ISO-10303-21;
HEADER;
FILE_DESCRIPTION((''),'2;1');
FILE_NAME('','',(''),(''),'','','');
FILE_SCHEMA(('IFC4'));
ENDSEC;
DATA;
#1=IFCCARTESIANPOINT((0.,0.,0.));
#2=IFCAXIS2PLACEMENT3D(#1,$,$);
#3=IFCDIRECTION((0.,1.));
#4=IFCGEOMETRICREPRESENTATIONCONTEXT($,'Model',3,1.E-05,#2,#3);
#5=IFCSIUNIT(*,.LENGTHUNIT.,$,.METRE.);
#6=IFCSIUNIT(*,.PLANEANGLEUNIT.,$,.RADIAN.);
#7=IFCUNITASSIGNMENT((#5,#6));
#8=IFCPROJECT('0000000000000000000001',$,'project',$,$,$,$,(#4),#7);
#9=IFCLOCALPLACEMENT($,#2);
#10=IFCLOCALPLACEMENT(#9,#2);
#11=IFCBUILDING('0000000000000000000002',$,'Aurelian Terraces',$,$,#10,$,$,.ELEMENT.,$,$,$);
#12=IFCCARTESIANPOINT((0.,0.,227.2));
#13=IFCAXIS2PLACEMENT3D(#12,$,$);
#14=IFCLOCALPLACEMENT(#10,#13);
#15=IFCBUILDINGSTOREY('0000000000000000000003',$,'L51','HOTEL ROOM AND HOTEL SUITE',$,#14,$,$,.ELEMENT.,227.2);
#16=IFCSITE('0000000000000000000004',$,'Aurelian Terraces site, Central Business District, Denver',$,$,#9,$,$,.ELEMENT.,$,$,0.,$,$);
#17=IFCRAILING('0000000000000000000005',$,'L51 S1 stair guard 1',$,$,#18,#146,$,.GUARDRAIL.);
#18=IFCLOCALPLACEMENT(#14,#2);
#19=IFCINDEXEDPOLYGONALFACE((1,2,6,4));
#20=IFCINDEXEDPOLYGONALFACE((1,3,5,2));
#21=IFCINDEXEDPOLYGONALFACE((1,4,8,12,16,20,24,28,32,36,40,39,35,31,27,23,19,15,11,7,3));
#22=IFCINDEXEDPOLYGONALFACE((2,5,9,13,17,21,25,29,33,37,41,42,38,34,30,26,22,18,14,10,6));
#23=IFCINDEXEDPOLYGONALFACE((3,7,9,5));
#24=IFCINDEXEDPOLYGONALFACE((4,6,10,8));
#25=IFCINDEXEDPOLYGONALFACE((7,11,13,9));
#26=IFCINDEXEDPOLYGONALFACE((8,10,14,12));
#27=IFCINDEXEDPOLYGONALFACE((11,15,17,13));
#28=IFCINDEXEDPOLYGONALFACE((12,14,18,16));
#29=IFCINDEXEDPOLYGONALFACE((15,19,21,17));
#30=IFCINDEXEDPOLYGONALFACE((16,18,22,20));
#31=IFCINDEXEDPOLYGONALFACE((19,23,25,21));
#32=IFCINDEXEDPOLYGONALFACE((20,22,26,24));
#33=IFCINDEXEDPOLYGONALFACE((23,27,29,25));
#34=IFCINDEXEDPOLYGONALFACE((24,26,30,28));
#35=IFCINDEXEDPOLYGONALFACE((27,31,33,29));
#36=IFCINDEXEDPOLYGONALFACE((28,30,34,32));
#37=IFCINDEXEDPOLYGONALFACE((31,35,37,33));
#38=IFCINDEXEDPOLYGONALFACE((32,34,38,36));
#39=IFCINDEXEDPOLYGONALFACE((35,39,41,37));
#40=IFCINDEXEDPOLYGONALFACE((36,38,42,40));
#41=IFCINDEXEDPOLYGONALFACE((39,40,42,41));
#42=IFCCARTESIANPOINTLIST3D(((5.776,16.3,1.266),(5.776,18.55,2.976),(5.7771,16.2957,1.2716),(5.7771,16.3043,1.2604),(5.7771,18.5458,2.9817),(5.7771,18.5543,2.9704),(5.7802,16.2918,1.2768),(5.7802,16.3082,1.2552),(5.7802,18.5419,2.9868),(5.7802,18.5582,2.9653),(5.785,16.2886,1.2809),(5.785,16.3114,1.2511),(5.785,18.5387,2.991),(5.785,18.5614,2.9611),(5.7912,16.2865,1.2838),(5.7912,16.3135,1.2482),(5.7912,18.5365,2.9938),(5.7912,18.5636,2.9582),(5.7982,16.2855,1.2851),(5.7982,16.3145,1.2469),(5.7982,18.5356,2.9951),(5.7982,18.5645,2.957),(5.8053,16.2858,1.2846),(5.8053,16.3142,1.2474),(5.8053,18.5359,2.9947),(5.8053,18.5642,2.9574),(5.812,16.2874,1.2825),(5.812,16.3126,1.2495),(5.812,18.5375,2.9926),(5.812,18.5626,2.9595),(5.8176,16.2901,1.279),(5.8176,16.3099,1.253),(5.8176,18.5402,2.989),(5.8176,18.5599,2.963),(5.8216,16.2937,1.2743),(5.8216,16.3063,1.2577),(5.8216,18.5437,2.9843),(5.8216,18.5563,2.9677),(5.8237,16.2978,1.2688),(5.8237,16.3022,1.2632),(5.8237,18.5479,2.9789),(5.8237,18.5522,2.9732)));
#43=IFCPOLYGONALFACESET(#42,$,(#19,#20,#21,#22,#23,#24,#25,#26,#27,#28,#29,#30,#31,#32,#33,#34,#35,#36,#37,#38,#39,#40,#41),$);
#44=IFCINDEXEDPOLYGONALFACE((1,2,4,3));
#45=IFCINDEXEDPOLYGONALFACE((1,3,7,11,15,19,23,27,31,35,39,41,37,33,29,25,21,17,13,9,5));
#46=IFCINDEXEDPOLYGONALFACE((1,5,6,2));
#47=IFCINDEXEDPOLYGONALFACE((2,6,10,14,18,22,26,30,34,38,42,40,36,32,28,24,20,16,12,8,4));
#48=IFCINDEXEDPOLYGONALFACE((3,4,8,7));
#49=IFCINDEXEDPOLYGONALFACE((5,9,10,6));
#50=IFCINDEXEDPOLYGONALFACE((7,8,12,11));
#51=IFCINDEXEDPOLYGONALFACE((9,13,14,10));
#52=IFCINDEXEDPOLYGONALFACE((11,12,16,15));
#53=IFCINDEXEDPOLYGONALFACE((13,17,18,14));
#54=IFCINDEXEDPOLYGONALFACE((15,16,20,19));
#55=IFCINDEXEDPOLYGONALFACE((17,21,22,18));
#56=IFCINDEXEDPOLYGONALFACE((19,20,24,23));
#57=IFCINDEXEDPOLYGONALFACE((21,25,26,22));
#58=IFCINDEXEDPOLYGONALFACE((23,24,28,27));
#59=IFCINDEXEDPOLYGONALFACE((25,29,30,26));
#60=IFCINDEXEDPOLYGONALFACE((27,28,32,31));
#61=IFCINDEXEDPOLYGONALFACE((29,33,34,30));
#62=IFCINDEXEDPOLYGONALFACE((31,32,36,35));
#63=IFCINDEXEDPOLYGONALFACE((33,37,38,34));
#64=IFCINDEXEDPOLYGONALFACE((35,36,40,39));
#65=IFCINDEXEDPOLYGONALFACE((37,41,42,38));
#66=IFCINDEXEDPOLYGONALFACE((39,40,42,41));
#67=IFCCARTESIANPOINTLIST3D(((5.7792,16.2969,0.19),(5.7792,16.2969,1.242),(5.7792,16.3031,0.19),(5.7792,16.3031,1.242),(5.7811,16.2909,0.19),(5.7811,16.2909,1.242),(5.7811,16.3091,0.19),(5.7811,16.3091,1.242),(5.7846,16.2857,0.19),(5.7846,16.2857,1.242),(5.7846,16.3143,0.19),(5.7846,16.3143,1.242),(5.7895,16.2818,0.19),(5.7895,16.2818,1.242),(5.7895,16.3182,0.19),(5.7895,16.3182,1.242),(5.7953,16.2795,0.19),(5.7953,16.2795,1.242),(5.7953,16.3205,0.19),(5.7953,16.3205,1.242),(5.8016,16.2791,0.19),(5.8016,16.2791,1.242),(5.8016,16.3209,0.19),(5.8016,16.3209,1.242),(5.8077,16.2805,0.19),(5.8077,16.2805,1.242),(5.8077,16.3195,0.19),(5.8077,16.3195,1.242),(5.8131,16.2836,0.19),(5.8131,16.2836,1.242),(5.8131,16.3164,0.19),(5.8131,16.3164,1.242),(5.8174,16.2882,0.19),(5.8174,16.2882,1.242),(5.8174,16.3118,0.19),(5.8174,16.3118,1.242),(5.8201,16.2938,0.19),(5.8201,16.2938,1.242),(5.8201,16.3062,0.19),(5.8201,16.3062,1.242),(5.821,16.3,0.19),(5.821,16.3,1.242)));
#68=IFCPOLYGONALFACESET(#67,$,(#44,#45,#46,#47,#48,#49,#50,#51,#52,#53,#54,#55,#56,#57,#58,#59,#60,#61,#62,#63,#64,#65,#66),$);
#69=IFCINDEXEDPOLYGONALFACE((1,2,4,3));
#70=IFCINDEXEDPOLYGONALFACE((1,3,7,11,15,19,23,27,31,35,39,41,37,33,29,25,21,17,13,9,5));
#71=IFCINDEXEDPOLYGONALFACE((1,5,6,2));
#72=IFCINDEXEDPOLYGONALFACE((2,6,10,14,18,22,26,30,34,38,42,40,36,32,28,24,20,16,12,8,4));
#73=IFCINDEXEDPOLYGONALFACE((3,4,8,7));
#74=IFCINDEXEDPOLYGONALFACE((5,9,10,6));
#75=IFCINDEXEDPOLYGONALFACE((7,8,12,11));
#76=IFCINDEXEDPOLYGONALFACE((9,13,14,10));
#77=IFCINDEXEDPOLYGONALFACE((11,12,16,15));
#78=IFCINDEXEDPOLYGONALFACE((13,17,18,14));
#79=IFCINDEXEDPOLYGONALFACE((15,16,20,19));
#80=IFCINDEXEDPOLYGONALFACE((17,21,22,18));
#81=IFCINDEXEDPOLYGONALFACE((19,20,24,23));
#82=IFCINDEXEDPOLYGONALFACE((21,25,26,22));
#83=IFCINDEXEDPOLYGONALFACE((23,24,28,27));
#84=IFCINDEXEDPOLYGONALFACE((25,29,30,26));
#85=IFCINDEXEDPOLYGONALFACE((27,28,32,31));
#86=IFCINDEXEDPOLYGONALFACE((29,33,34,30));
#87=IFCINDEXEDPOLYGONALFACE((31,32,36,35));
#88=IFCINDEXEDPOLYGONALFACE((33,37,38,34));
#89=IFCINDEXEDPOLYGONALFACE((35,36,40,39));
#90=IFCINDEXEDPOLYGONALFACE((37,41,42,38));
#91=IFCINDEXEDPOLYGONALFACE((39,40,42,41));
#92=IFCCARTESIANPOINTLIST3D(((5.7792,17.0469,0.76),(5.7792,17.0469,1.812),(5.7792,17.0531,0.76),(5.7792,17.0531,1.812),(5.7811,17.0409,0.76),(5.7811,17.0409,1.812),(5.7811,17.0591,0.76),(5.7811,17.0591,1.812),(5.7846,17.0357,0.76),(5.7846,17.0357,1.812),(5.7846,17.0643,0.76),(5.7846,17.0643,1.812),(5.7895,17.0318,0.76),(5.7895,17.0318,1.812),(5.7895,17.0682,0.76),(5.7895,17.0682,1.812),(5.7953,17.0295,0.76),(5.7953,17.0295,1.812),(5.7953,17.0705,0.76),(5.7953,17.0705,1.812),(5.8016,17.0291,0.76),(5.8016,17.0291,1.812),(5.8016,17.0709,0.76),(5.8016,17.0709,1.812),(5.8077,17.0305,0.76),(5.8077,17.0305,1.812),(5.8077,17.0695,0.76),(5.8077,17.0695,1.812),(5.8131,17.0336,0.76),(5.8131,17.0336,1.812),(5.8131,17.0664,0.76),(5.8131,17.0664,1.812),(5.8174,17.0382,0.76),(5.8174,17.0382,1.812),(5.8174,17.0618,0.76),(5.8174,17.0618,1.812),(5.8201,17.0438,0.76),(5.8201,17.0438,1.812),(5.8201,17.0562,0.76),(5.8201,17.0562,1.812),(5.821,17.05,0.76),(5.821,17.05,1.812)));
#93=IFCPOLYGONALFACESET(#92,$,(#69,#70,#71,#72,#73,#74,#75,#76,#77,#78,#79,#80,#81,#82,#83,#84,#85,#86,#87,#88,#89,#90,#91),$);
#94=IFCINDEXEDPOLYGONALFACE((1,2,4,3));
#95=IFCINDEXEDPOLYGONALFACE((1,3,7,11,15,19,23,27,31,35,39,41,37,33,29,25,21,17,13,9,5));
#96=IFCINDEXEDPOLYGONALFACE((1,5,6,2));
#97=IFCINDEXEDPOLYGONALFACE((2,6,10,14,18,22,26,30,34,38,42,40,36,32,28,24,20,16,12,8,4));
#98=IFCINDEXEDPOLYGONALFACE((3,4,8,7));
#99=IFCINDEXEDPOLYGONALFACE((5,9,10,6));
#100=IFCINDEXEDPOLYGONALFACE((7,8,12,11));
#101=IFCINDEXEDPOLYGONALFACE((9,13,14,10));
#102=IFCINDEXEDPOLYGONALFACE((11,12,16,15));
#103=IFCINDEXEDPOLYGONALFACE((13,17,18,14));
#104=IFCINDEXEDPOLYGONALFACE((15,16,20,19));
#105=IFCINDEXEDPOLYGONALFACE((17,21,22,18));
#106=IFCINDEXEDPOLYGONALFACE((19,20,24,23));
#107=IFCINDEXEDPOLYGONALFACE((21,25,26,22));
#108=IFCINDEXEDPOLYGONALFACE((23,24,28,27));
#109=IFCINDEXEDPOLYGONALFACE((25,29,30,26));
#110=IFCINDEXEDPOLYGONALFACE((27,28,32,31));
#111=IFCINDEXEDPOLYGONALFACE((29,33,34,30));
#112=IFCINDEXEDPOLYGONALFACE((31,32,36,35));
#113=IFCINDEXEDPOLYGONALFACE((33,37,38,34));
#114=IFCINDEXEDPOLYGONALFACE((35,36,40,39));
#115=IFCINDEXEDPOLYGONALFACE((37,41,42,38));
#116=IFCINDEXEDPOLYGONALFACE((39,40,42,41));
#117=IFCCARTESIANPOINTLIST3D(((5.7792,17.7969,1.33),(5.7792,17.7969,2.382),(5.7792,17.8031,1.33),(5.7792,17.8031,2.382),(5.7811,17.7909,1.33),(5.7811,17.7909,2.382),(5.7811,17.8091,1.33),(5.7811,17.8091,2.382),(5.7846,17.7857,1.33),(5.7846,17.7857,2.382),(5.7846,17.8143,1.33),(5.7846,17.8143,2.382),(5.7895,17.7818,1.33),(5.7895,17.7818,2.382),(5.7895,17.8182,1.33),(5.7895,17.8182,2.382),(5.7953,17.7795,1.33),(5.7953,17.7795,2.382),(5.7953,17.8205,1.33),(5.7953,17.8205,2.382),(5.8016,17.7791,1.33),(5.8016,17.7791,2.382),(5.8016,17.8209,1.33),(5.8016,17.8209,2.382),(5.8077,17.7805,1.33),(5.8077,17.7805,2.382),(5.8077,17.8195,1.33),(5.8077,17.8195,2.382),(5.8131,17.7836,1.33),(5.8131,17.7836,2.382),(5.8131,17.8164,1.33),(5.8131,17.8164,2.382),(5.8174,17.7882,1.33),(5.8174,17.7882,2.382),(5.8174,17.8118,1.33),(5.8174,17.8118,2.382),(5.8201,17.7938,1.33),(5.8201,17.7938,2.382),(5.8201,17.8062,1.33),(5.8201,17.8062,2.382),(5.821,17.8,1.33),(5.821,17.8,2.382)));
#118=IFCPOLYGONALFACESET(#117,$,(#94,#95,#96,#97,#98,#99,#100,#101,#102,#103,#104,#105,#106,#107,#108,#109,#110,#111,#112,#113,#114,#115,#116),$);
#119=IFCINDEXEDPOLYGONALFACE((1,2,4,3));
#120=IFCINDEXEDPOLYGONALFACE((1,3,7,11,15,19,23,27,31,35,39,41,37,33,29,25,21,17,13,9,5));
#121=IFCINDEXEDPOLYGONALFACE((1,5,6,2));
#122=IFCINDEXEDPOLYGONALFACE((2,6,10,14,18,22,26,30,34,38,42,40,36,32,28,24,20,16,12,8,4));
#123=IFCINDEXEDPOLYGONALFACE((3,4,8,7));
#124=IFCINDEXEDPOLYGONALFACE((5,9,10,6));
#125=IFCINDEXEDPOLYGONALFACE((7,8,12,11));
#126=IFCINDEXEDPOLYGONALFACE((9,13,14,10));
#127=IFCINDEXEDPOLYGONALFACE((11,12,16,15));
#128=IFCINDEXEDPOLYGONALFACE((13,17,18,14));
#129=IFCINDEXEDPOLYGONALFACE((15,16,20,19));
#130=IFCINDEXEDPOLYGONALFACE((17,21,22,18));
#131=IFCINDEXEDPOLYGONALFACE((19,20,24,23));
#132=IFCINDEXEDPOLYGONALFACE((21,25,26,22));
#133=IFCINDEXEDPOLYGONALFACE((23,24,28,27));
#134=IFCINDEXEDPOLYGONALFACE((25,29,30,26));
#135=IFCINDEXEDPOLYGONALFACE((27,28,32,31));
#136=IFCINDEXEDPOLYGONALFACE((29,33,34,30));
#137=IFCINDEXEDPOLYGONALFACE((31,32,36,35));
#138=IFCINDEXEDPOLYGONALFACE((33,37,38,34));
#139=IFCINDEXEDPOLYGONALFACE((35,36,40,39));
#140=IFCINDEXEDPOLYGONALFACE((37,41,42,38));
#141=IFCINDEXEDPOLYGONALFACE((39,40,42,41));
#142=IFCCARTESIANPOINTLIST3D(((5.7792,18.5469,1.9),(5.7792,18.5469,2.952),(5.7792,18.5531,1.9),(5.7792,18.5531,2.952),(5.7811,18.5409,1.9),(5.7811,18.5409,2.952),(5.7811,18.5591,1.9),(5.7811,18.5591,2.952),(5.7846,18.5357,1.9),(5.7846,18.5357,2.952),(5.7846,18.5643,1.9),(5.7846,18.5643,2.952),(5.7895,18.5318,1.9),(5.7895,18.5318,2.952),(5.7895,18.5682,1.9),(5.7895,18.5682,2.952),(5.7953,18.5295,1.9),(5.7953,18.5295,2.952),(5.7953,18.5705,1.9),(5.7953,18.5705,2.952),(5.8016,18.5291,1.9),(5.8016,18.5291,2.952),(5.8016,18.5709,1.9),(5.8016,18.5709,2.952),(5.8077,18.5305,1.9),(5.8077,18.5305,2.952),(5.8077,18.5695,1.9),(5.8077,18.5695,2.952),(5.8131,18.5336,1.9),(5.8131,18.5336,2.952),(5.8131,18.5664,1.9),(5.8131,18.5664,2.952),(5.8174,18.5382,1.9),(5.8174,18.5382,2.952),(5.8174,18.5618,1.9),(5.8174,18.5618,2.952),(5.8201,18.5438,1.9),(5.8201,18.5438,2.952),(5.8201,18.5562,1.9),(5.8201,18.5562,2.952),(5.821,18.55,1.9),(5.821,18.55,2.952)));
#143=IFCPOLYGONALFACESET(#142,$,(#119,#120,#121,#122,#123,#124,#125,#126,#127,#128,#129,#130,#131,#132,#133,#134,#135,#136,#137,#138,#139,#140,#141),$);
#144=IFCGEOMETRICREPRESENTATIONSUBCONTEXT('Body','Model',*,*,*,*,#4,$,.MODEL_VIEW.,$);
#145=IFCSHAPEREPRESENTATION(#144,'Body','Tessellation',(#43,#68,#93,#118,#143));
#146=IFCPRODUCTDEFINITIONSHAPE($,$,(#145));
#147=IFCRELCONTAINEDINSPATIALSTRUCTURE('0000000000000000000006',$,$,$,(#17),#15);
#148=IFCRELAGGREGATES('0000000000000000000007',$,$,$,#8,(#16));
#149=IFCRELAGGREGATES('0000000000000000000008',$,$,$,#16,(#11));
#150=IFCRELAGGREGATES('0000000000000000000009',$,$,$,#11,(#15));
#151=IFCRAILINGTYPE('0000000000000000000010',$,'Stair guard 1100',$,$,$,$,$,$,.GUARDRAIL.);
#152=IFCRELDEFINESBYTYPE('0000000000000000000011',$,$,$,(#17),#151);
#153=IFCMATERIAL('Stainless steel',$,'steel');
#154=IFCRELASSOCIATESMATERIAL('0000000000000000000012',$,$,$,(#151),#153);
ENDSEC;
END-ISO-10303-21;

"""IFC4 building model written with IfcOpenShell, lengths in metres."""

from ifc_helpers import new_model, si_unit, direction, frame, origin, origin_2d, place, context, subcontext, project, spatial, circle, extrude, source, transform, mapped, material, type_object, element, save


model = new_model("IFC4")

# Units and contexts
model_context = context("Model", 3, precision=1e-05, world=origin(), true_north=direction((0.0, 1.0)))
body_context = subcontext(model_context, "Body", "Model", "MODEL_VIEW")
ifc_project = project(units=[si_unit("LENGTHUNIT", "METRE"), si_unit("PLANEANGLEUNIT", "RADIAN")], contexts=[model_context])

# Site, building, storey
site_placement = place(None, origin())
site = spatial("IfcSite", under=ifc_project, at=site_placement, Name="Aurelian Terraces site, Central Business District, Denver", CompositionType="ELEMENT", RefElevation=0.0)
building_placement = place(site_placement, origin())
building = spatial("IfcBuilding", under=site, at=building_placement, Name="Aurelian Terraces", CompositionType="ELEMENT")
storey_placement = place(building_placement, frame((0.0, 0.0, 227.2)))
storey = spatial("IfcBuildingStorey", under=building, at=storey_placement, Name="L51", Description="HOTEL ROOM AND HOTEL SUITE", CompositionType="ELEMENT", Elevation=227.2)

# Shared definitions
ifc_material_1 = material(Name="Stainless steel", Category="steel")

# Railing
railing_type_1 = type_object("IfcRailingType", Name="Stair guard 1100", PredefinedType="GUARDRAIL", material=ifc_material_1)
shared_shape_1 = source(origin(), body_context, "Body", "SweptSolid", [
    extrude(circle(Radius=0.024, at=origin_2d()), frame((0.0, 0.0, 1.076), z_axis=(0.0, 0.796162, 0.605083), x_axis=(-1.0, 0.0, 0.0)), (0.0, 0.0, 1.0), 2.8261),
    extrude(circle(Radius=0.021, at=origin_2d()), origin(), (0.0, 0.0, 1.0), 1.052),
    extrude(circle(Radius=0.021, at=origin_2d()), frame((0.0, 0.75, 0.57)), (0.0, 0.0, 1.0), 1.052),
    extrude(circle(Radius=0.021, at=origin_2d()), frame((0.0, 1.5, 1.14)), (0.0, 0.0, 1.0), 1.052),
    extrude(circle(Radius=0.021, at=origin_2d()), frame((0.0, 2.25, 1.71)), (0.0, 0.0, 1.0), 1.052),
])
railing_1_placement = place(storey_placement, frame((5.8, 16.3, 0.19)))
element("IfcRailing", 1, at=railing_1_placement, inside=storey, type_object=railing_type_1, Name="L51 S1 stair guard 1", PredefinedType="GUARDRAIL", context=body_context, shape_type="MappedRepresentation", body=[
    mapped(shared_shape_1, transform((0.0, 0.0, 0.0), scale=1.0)),
])

save(model, "model.ifc")
